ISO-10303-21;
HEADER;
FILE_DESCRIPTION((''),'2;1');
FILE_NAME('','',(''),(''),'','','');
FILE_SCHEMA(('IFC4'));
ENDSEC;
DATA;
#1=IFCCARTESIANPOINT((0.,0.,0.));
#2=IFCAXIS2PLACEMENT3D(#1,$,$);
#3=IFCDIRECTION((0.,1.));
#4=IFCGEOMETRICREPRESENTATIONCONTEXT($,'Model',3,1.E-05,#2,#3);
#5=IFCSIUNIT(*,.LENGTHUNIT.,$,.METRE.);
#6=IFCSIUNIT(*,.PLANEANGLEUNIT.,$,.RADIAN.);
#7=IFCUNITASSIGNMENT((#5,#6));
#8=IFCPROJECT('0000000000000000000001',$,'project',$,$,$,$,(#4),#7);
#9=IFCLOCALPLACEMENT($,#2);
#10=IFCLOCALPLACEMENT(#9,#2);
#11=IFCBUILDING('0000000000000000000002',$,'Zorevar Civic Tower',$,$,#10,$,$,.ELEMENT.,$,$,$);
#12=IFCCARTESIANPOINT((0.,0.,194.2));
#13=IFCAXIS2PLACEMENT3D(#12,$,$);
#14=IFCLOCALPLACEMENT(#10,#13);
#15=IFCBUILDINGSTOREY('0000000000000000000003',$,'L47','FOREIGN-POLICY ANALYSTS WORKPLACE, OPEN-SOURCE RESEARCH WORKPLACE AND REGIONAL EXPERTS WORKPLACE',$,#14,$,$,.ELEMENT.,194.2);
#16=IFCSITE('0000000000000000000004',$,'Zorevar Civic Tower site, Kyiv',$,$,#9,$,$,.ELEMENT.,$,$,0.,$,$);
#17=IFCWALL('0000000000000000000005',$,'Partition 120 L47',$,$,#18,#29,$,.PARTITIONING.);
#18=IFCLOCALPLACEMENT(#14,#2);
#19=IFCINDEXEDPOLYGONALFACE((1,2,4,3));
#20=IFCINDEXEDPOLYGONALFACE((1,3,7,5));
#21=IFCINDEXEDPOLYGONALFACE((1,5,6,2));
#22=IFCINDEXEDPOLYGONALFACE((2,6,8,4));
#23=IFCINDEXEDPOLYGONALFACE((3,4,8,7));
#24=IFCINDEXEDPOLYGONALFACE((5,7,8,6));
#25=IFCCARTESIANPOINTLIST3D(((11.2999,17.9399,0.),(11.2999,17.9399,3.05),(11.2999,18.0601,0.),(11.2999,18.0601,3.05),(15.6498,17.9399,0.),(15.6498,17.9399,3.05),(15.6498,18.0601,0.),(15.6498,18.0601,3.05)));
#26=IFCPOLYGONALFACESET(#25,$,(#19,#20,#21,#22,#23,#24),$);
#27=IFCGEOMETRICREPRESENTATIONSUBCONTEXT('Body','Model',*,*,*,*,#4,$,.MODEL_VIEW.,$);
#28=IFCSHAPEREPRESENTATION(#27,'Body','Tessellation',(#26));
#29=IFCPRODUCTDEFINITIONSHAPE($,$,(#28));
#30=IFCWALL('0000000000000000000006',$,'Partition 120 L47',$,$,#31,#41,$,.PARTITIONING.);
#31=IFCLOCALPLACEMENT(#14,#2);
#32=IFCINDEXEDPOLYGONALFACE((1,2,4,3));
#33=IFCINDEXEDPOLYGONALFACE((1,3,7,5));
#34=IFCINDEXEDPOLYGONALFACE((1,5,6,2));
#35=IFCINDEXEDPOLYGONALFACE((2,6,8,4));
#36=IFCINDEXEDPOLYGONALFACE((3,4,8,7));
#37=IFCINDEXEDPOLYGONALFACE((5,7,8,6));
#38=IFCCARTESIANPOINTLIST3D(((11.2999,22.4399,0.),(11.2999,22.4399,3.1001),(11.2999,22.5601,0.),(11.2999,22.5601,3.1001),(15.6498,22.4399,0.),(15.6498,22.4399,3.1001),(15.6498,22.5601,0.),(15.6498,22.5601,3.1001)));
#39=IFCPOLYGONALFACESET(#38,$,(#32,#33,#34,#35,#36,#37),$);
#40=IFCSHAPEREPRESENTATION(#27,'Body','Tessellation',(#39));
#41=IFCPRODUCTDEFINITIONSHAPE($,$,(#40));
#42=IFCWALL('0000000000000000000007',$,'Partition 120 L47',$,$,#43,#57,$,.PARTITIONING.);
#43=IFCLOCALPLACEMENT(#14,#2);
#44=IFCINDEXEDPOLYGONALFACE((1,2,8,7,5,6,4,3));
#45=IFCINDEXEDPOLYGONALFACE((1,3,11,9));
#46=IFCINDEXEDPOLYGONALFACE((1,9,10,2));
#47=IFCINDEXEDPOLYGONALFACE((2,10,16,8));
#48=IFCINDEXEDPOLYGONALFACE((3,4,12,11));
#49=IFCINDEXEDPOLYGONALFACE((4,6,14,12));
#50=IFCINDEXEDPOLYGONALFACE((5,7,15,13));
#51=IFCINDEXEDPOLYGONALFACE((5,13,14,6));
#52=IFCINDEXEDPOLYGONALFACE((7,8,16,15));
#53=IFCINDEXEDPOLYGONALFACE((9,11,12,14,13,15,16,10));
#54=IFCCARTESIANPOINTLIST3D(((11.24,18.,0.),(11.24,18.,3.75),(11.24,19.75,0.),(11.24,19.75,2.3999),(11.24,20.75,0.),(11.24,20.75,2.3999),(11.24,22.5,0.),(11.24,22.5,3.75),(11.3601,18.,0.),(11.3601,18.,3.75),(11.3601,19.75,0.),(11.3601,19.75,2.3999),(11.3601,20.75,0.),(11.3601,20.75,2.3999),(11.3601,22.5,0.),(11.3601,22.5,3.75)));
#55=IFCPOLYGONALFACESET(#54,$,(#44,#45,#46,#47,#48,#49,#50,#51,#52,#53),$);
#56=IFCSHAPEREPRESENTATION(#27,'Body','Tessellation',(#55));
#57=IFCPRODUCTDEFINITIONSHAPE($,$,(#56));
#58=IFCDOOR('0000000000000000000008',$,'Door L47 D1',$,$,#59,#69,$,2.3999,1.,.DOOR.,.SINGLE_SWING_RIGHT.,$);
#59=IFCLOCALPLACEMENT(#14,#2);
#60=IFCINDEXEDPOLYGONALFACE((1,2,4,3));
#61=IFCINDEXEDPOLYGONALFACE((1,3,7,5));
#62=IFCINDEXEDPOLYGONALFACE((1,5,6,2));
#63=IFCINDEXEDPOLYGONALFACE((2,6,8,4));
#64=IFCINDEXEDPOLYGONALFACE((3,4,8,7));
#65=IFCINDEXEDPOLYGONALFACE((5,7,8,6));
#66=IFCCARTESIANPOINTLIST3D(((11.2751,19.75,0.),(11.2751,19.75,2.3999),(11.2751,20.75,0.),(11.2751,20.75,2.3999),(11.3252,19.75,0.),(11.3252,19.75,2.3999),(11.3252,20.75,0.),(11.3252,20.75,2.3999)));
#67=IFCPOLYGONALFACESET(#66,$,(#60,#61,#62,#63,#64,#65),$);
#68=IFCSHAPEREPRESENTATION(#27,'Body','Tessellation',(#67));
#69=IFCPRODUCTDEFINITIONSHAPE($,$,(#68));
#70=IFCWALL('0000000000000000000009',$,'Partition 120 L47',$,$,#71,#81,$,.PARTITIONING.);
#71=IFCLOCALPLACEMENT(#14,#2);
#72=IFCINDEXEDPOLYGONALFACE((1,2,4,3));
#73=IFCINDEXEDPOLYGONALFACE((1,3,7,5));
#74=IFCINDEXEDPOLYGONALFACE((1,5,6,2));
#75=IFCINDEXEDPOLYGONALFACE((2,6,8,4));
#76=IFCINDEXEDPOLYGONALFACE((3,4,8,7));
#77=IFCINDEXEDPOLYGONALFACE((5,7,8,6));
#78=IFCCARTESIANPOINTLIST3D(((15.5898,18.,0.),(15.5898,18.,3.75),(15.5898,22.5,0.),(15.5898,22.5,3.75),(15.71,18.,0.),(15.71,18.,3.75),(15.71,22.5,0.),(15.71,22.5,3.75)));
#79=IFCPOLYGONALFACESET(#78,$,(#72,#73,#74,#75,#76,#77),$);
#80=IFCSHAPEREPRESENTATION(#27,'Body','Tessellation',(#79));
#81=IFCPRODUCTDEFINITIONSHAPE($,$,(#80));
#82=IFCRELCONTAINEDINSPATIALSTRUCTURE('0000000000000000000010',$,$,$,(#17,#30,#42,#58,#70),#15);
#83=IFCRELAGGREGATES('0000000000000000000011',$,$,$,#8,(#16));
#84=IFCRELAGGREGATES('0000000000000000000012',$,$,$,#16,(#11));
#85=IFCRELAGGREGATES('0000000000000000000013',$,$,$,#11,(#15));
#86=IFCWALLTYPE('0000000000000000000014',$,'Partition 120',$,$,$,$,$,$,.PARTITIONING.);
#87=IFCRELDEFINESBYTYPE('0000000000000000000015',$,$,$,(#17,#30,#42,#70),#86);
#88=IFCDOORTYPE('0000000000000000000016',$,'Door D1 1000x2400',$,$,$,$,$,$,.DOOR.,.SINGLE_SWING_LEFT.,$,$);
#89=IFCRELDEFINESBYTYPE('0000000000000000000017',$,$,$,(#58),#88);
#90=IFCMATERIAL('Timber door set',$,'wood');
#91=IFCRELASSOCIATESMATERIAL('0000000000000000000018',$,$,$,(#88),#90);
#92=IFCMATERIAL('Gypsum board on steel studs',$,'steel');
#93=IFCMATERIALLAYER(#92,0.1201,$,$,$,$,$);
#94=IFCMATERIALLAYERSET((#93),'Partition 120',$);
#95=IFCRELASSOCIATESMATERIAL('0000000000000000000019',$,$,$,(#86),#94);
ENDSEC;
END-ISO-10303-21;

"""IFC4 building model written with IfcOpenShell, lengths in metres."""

from ifc_helpers import new_model, si_unit, direction, frame, frame_2d, origin, place, context, subcontext, project, spatial, rectangle, extrude, material, layer, layer_set, type_object, element, fill, save


model = new_model("IFC4")

# Units and contexts
model_context = context("Model", 3, precision=1e-05, world=origin(), true_north=direction((0.0, 1.0)))
body_context = subcontext(model_context, "Body", "Model", "MODEL_VIEW")
ifc_project = project(units=[si_unit("LENGTHUNIT", "METRE"), si_unit("PLANEANGLEUNIT", "RADIAN")], contexts=[model_context])

# Site, building, storey
site_placement = place(None, origin())
site = spatial("IfcSite", under=ifc_project, at=site_placement, Name="Zorevar Civic Tower site, Kyiv", CompositionType="ELEMENT", RefElevation=0.0)
building_placement = place(site_placement, origin())
building = spatial("IfcBuilding", under=site, at=building_placement, Name="Zorevar Civic Tower", CompositionType="ELEMENT")
storey_placement = place(building_placement, frame((0.0, 0.0, 194.2)))
storey = spatial("IfcBuildingStorey", under=building, at=storey_placement, Name="L47", Description="FOREIGN-POLICY ANALYSTS WORKPLACE, OPEN-SOURCE RESEARCH WORKPLACE AND REGIONAL EXPERTS WORKPLACE", CompositionType="ELEMENT", Elevation=194.2)

# Shared definitions
ifc_material_1 = material(Name="Timber door set", Category="wood")
door_type_1 = type_object("IfcDoorType", Name="Door D1 1000x2400", OperationType="SINGLE_SWING_LEFT", PredefinedType="DOOR", material=ifc_material_1)

# Walls
ifc_material_2 = material(Name="Gypsum board on steel studs", Category="steel")
ifc_layer_1 = layer(ifc_material_2, 0.1201)
ifc_layer_set_1 = layer_set([ifc_layer_1], Name="Partition 120")
wall_type_1 = type_object("IfcWallType", Name="Partition 120", PredefinedType="PARTITIONING", material=ifc_layer_set_1)
wall_1_placement = place(storey_placement, frame((11.3, 18.0, 0.0), z_axis=(0.0, 0.0, 1.0), x_axis=(1.0, 0.0, 0.0)))
element("IfcWall", 1, at=wall_1_placement, inside=storey, type_object=wall_type_1, Name="Partition 120 L47", PredefinedType="PARTITIONING", context=body_context, shape_type="SweptSolid", body=[
    extrude(rectangle(XDim=4.3499, YDim=0.1201, at=frame_2d((2.1748, 0.0))), origin(), (0.0, 0.0, 1.0), 3.05),
])
wall_2_placement = place(storey_placement, frame((11.3, 22.5, 0.0), z_axis=(0.0, 0.0, 1.0), x_axis=(1.0, 0.0, 0.0)))
element("IfcWall", 2, at=wall_2_placement, inside=storey, type_object=wall_type_1, Name="Partition 120 L47", PredefinedType="PARTITIONING", context=body_context, shape_type="SweptSolid", body=[
    extrude(rectangle(XDim=4.3499, YDim=0.1201, at=frame_2d((2.1748, 0.0))), origin(), (0.0, 0.0, 1.0), 3.1001),
])

# Wall, opening, door
wall_3_placement = place(storey_placement, frame((11.3, 18.0, 0.0), z_axis=(0.0, 0.0, 1.0), x_axis=(0.0, 1.0, 0.0)))
wall_3 = element("IfcWall", 3, at=wall_3_placement, inside=storey, type_object=wall_type_1, Name="Partition 120 L47", PredefinedType="PARTITIONING", context=body_context, shape_type="SweptSolid", body=[
    extrude(rectangle(XDim=4.5, YDim=0.1201, at=frame_2d((2.25, 0.0))), origin(), (0.0, 0.0, 1.0), 3.75),
])
opening_1_placement = place(wall_3_placement, frame((1.75, 0.0, 0.0)))
opening_1 = element("IfcOpeningElement", 4, at=opening_1_placement, cuts=wall_3, PredefinedType="OPENING", context=body_context, shape_type="SweptSolid", body=[
    extrude(rectangle(XDim=1.0, YDim=2.3999, at=frame_2d((0.5, 1.2))), frame((0.0, 0.0701, 0.0), z_axis=(0.0, -1.0, 0.0), x_axis=(1.0, 0.0, 0.0)), (0.0, 0.0, 1.0), 0.1401),
])
door_1_placement = place(opening_1_placement, origin())
door_1 = element("IfcDoor", 5, at=door_1_placement, inside=storey, type_object=door_type_1, Name="Door L47 D1", OperationType="SINGLE_SWING_RIGHT", OverallHeight=2.3999, OverallWidth=1.0, PredefinedType="DOOR", context=body_context, shape_type="SweptSolid", body=[
    extrude(rectangle(XDim=1.0, YDim=2.3999, at=frame_2d((0.5, 1.2))), frame((0.0, 0.0249, 0.0), z_axis=(0.0, -1.0, 0.0), x_axis=(1.0, 0.0, 0.0)), (0.0, 0.0, 1.0), 0.05),
])
fill(opening_1, door_1)

# Wall
wall_4_placement = place(storey_placement, frame((15.6499, 18.0, 0.0), z_axis=(0.0, 0.0, 1.0), x_axis=(0.0, 1.0, 0.0)))
element("IfcWall", 6, at=wall_4_placement, inside=storey, type_object=wall_type_1, Name="Partition 120 L47", PredefinedType="PARTITIONING", context=body_context, shape_type="SweptSolid", body=[
    extrude(rectangle(XDim=4.5, YDim=0.1201, at=frame_2d((2.25, 0.0))), origin(), (0.0, 0.0, 1.0), 3.75),
])

save(model, "model.ifc")
